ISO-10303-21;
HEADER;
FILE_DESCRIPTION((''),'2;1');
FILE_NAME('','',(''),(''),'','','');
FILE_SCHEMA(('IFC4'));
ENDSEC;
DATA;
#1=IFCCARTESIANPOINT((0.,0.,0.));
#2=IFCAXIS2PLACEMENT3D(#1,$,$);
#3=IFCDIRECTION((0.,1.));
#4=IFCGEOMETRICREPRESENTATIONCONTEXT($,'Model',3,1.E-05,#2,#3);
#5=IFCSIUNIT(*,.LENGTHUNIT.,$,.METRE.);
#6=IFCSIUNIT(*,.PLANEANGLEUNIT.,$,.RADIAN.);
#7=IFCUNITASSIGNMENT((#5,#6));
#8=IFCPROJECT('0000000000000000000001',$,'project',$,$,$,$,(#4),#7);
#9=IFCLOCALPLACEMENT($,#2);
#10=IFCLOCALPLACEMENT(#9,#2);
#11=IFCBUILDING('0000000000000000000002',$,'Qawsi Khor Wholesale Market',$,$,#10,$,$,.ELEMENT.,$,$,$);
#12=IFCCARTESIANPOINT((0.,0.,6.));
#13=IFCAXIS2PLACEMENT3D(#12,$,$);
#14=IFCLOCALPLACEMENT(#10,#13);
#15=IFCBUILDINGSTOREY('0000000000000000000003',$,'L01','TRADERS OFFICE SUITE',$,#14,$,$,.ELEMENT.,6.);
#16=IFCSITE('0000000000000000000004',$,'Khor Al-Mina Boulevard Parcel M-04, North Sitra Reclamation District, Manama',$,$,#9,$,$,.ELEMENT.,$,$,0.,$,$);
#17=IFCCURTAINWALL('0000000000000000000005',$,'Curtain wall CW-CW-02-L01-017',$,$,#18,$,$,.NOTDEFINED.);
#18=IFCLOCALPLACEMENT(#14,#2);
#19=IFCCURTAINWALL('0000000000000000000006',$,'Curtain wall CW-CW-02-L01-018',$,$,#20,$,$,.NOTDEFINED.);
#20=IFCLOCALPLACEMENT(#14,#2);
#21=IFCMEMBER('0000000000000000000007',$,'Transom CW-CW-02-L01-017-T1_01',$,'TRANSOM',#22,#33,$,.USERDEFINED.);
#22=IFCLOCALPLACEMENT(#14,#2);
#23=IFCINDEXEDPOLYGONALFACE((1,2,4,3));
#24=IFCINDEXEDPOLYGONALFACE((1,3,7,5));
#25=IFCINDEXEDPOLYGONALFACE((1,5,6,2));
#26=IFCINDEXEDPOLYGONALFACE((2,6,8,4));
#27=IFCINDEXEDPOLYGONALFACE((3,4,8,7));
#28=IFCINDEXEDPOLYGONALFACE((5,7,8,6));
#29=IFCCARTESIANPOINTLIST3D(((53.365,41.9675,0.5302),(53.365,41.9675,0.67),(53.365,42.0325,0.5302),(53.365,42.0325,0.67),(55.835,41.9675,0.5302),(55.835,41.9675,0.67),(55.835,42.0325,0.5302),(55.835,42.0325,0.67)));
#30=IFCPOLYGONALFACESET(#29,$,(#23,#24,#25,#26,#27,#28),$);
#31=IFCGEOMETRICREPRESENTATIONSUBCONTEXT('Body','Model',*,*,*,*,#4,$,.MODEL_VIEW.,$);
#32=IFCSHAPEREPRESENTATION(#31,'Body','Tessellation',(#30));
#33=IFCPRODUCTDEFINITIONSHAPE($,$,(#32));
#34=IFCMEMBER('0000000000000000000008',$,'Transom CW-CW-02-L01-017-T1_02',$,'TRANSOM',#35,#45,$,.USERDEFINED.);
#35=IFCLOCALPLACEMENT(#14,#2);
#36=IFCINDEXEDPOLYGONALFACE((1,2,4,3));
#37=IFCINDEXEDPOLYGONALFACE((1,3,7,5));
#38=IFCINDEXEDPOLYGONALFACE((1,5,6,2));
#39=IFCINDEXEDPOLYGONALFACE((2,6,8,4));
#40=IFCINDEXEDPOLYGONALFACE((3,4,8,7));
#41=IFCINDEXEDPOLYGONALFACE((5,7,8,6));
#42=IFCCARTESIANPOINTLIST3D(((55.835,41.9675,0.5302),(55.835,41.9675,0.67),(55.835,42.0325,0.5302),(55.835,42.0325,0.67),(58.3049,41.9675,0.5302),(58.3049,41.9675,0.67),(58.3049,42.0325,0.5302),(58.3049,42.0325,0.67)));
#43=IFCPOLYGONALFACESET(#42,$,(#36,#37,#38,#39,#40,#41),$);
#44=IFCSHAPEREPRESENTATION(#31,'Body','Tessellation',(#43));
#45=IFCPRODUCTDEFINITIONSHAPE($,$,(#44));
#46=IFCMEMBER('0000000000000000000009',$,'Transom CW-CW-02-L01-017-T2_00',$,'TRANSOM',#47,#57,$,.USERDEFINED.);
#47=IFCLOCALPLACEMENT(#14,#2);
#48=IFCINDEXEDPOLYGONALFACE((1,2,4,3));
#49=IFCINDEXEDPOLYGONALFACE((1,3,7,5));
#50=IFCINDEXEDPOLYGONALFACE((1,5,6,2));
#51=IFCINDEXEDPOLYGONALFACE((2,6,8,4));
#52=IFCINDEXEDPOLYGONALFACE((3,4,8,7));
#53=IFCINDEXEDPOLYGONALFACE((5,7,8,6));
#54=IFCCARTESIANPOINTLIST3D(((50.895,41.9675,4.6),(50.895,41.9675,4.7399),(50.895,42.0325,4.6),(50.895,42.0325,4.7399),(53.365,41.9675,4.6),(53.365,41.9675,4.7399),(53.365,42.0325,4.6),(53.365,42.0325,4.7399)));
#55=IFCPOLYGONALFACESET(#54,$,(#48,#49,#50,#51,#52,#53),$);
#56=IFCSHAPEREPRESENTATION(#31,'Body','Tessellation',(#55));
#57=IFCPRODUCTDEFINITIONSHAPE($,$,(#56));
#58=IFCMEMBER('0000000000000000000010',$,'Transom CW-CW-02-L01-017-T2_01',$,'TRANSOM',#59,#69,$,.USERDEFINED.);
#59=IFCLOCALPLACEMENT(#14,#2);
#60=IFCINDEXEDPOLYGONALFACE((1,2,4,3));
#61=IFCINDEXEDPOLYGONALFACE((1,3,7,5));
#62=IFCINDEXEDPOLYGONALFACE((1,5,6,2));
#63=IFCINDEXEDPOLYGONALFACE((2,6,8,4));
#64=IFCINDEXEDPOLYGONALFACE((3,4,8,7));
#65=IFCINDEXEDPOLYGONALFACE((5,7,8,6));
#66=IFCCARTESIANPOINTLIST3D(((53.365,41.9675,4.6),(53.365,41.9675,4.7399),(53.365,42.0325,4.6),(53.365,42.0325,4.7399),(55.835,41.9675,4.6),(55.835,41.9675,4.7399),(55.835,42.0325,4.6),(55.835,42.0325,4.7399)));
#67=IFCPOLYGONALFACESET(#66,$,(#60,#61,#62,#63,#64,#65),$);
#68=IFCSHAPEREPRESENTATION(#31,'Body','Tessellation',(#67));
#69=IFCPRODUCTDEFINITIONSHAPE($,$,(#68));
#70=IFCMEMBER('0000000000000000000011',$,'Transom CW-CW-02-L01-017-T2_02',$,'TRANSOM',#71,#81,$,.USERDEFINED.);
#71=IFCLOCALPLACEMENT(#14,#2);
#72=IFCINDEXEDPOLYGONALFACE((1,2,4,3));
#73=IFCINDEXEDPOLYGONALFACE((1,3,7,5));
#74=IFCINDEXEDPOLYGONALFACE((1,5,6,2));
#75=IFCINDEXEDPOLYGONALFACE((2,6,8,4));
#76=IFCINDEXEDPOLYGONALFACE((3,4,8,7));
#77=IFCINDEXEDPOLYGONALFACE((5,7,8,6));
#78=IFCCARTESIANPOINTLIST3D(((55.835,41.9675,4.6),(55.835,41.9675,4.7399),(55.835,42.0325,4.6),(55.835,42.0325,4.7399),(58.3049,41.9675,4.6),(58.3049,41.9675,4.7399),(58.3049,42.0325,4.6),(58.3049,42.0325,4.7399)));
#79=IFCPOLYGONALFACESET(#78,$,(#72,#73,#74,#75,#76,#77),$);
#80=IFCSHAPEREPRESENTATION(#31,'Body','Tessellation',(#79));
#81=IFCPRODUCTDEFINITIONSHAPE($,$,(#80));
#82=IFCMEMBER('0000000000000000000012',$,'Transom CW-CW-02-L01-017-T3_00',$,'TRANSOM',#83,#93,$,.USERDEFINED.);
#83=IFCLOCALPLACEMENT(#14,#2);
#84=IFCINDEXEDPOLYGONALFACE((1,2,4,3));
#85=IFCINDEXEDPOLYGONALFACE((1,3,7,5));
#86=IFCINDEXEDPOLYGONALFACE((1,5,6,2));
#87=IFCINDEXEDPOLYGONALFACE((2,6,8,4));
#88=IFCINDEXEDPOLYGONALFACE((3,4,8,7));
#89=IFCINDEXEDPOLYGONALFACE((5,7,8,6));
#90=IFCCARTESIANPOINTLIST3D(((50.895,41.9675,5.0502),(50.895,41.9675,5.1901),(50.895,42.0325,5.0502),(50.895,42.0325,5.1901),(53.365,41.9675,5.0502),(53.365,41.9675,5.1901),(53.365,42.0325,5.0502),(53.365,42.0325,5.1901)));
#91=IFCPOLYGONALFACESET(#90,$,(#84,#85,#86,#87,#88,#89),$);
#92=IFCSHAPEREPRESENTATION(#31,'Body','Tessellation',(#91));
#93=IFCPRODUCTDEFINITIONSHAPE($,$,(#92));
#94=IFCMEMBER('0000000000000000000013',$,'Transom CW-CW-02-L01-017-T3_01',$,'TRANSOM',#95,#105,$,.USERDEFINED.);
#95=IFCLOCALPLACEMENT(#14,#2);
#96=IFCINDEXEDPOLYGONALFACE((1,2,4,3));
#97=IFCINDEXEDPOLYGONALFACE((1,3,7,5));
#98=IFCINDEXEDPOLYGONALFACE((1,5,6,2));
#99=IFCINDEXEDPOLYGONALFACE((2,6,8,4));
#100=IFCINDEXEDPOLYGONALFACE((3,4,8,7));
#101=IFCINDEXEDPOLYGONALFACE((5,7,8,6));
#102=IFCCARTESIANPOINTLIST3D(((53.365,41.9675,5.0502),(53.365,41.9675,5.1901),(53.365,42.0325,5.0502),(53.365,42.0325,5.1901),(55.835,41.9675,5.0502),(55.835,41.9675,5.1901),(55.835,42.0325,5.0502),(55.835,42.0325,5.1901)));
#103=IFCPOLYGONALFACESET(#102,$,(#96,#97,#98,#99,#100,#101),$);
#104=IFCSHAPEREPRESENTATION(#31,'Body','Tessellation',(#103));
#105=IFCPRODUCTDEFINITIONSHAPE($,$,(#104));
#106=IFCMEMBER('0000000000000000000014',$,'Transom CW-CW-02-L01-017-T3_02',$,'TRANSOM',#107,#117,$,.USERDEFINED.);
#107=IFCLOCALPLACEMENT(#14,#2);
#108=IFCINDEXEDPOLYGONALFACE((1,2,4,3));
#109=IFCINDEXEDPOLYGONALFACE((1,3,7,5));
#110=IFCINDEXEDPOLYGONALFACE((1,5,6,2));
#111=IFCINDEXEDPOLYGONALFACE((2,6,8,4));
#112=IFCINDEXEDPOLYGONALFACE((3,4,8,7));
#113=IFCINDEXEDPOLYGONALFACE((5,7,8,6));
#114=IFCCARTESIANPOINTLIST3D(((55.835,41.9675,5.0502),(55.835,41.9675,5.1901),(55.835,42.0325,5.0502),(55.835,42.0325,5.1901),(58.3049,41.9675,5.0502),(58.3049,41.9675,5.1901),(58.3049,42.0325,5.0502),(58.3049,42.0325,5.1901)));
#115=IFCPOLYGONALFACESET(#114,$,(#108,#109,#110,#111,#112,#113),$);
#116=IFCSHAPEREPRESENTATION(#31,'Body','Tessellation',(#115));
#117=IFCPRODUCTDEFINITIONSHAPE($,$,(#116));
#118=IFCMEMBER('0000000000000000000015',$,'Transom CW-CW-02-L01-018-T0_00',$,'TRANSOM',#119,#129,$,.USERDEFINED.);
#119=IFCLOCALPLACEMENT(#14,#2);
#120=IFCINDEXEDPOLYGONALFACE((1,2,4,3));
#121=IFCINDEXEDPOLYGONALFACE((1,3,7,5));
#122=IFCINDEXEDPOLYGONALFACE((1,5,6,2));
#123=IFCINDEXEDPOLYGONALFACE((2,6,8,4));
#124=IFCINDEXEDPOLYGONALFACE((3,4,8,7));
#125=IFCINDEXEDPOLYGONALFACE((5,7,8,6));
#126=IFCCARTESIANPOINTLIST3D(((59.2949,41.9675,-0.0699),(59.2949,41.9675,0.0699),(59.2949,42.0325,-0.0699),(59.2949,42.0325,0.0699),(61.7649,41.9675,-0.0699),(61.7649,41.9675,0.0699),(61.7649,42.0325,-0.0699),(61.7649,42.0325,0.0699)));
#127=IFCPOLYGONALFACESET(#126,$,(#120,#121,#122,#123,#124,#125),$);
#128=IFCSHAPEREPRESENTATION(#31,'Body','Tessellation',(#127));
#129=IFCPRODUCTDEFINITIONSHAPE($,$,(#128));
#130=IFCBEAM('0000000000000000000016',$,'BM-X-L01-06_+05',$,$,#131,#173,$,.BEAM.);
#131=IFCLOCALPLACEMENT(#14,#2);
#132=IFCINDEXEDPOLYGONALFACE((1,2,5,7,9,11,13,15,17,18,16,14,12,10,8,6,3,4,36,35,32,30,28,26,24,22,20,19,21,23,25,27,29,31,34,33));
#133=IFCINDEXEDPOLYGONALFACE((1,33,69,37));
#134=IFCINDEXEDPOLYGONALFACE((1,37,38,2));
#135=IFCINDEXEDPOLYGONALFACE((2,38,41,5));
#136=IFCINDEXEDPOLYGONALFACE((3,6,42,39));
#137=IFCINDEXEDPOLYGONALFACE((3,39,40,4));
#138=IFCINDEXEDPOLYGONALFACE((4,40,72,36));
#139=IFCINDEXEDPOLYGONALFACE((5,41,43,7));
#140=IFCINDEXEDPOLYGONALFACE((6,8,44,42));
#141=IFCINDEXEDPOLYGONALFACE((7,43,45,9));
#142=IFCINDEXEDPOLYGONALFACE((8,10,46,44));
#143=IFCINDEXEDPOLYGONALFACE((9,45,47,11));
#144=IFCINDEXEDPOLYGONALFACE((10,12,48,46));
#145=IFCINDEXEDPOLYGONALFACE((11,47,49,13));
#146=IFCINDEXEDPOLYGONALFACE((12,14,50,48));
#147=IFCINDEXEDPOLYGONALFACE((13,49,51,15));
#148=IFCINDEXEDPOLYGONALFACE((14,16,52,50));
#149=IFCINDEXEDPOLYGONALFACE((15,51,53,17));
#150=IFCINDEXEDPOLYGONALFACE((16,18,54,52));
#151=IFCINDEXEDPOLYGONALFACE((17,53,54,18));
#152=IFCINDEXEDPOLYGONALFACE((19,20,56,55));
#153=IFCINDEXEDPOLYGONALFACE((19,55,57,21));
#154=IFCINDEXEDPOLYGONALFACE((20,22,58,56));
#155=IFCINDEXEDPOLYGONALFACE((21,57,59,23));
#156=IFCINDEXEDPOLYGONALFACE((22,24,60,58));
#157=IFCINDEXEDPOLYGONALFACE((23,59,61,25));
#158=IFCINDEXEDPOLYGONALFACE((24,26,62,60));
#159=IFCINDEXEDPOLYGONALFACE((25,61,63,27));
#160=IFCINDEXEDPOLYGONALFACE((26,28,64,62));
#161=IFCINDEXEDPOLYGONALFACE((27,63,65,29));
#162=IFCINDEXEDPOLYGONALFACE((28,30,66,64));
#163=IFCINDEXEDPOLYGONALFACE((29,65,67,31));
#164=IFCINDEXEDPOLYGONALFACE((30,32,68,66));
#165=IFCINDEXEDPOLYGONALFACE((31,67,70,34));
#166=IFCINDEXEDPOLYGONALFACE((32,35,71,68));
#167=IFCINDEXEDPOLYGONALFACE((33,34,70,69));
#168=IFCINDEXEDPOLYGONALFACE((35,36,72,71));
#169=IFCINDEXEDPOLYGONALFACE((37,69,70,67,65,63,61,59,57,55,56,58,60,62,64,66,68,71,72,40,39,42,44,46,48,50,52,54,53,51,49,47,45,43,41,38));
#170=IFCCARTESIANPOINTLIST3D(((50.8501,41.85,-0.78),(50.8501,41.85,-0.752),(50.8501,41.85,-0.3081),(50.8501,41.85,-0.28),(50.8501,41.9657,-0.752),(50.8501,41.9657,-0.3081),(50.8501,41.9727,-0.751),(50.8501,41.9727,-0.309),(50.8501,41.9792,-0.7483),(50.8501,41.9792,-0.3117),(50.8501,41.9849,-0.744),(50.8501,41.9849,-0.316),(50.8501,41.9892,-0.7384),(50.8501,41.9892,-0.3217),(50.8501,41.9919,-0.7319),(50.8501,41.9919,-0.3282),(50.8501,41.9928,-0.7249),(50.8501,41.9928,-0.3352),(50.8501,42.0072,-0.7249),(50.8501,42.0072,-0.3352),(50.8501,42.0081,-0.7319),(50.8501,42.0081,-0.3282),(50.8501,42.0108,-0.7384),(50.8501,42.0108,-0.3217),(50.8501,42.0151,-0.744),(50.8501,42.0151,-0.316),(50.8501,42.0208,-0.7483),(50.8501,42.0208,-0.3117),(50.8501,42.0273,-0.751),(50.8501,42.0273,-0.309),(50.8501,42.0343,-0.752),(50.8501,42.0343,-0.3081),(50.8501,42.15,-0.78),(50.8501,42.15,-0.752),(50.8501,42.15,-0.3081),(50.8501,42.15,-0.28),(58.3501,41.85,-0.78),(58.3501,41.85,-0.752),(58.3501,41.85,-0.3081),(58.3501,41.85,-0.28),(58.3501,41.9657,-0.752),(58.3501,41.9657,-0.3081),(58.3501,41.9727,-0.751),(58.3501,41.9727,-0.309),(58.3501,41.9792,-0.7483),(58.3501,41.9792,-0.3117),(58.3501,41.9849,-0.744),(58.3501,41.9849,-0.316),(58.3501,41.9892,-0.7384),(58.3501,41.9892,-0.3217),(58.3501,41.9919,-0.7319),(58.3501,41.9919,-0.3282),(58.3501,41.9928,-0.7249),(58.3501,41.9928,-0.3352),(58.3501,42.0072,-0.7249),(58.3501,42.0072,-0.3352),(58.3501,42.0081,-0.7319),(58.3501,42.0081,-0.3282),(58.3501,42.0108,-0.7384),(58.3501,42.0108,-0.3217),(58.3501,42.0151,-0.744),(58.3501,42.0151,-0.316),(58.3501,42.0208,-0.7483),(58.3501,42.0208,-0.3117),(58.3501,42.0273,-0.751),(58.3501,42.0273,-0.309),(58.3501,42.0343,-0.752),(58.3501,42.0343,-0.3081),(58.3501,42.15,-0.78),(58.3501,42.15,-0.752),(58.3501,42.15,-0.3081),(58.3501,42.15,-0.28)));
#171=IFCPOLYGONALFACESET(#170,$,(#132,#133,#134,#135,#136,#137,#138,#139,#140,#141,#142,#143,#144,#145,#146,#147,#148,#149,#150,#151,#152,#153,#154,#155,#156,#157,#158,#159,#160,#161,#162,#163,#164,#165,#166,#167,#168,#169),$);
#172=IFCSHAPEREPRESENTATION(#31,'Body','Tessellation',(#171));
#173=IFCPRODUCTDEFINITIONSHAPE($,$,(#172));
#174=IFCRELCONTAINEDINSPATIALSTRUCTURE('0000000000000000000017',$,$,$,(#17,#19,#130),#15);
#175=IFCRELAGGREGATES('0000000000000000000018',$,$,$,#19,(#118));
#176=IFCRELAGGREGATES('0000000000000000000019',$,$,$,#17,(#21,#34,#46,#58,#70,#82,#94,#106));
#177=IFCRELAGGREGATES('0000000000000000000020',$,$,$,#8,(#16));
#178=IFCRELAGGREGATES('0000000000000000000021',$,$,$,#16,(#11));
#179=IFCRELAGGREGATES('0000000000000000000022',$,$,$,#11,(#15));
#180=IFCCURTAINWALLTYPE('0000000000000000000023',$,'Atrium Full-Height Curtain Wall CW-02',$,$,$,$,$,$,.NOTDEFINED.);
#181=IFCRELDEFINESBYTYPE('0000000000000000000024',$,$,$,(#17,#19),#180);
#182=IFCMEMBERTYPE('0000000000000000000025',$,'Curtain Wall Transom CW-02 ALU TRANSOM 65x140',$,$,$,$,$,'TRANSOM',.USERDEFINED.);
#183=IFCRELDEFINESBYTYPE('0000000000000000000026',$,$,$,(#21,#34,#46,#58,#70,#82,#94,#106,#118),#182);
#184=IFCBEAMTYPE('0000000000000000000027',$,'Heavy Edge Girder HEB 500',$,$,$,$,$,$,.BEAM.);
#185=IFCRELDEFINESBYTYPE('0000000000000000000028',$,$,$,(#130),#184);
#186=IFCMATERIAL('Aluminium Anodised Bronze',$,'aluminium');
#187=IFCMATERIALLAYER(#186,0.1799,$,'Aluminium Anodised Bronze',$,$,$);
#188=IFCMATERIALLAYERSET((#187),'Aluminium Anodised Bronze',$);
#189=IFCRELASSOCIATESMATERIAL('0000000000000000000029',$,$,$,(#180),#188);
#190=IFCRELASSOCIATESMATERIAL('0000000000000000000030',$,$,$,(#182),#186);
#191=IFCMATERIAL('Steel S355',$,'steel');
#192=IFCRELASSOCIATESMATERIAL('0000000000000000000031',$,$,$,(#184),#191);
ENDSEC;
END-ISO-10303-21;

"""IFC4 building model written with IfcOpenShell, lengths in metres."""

from ifc_helpers import new_model, si_unit, direction, frame, origin, origin_2d, place, context, subcontext, project, spatial, rectangle, i_section, extrude, material, layer, layer_set, material_profile, profile_set, type_object, element, aggregate, save


model = new_model("IFC4")

# Units and contexts
model_context = context("Model", 3, precision=1e-05, world=origin(), true_north=direction((0.0, 1.0)))
body_context = subcontext(model_context, "Body", "Model", "MODEL_VIEW")
ifc_project = project(units=[si_unit("LENGTHUNIT", "METRE"), si_unit("PLANEANGLEUNIT", "RADIAN")], contexts=[model_context])

# Site, building, storey
site_placement = place(None, origin())
site = spatial("IfcSite", under=ifc_project, at=site_placement, Name="Khor Al-Mina Boulevard Parcel M-04, North Sitra Reclamation District, Manama", CompositionType="ELEMENT", RefElevation=0.0)
building_placement = place(site_placement, origin())
building = spatial("IfcBuilding", under=site, at=building_placement, Name="Qawsi Khor Wholesale Market", CompositionType="ELEMENT")
storey_placement = place(building_placement, frame((0.0, 0.0, 6.0)))
storey = spatial("IfcBuildingStorey", under=building, at=storey_placement, Name="L01", Description="TRADERS OFFICE SUITE", CompositionType="ELEMENT", Elevation=6.0)

# Curtain wall
ifc_material_1 = material(Name="Aluminium Anodised Bronze", Category="aluminium")
ifc_layer_1 = layer(ifc_material_1, 0.1799, Name="Aluminium Anodised Bronze")
ifc_layer_set_1 = layer_set([ifc_layer_1], Name="Aluminium Anodised Bronze")
curtain_wall_type = type_object("IfcCurtainWallType", Name="Atrium Full-Height Curtain Wall CW-02", PredefinedType="NOTDEFINED", material=ifc_layer_set_1)
curtain_wall_1_placement = place(storey_placement, origin())
curtain_wall_1 = element("IfcCurtainWall", 1, at=curtain_wall_1_placement, inside=storey, type_object=curtain_wall_type, Name="Curtain wall CW-CW-02-L01-017", PredefinedType="NOTDEFINED")

# Curtain wall
curtain_wall_2_placement = place(storey_placement, origin())
curtain_wall_2 = element("IfcCurtainWall", 2, at=curtain_wall_2_placement, inside=storey, type_object=curtain_wall_type, Name="Curtain wall CW-CW-02-L01-018", PredefinedType="NOTDEFINED")

# Shared definitions
ifc_material_profile_1 = material_profile(ifc_material_1, rectangle(XDim=0.0649, YDim=0.1399, at=origin_2d()), Name="ALU TRANSOM 65x140")
ifc_profile_set_1 = profile_set([ifc_material_profile_1], Name="Aluminium Anodised Bronze")
member_type_1 = type_object("IfcMemberType", Name="Curtain Wall Transom CW-02 ALU TRANSOM 65x140", ElementType="TRANSOM", PredefinedType="USERDEFINED", material=ifc_profile_set_1)

# Members
member_1_placement = place(storey_placement, frame((53.365, 42.0, 0.6001), z_axis=(1.0, 0.0, 0.0), x_axis=(0.0, 1.0, 0.0)))
member_1 = element("IfcMember", 3, at=member_1_placement, type_object=member_type_1, Name="Transom CW-CW-02-L01-017-T1_01", ObjectType="TRANSOM", PredefinedType="USERDEFINED", context=body_context, shape_type="SweptSolid", body=[
    extrude(rectangle(XDim=0.0649, YDim=0.1399, at=origin_2d()), origin(), (0.0, 0.0, 1.0), 2.47),
])
member_2_placement = place(storey_placement, frame((55.835, 42.0, 0.6001), z_axis=(1.0, 0.0, 0.0), x_axis=(0.0, 1.0, 0.0)))
member_2 = element("IfcMember", 4, at=member_2_placement, type_object=member_type_1, Name="Transom CW-CW-02-L01-017-T1_02", ObjectType="TRANSOM", PredefinedType="USERDEFINED", context=body_context, shape_type="SweptSolid", body=[
    extrude(rectangle(XDim=0.0649, YDim=0.1399, at=origin_2d()), origin(), (0.0, 0.0, 1.0), 2.47),
])
member_3_placement = place(storey_placement, frame((50.895, 42.0, 4.6699), z_axis=(1.0, 0.0, 0.0), x_axis=(0.0, 1.0, 0.0)))
member_3 = element("IfcMember", 5, at=member_3_placement, type_object=member_type_1, Name="Transom CW-CW-02-L01-017-T2_00", ObjectType="TRANSOM", PredefinedType="USERDEFINED", context=body_context, shape_type="SweptSolid", body=[
    extrude(rectangle(XDim=0.0649, YDim=0.1399, at=origin_2d()), origin(), (0.0, 0.0, 1.0), 2.47),
])
member_4_placement = place(storey_placement, frame((53.365, 42.0, 4.6699), z_axis=(1.0, 0.0, 0.0), x_axis=(0.0, 1.0, 0.0)))
member_4 = element("IfcMember", 6, at=member_4_placement, type_object=member_type_1, Name="Transom CW-CW-02-L01-017-T2_01", ObjectType="TRANSOM", PredefinedType="USERDEFINED", context=body_context, shape_type="SweptSolid", body=[
    extrude(rectangle(XDim=0.0649, YDim=0.1399, at=origin_2d()), origin(), (0.0, 0.0, 1.0), 2.47),
])
member_5_placement = place(storey_placement, frame((55.835, 42.0, 4.6699), z_axis=(1.0, 0.0, 0.0), x_axis=(0.0, 1.0, 0.0)))
member_5 = element("IfcMember", 7, at=member_5_placement, type_object=member_type_1, Name="Transom CW-CW-02-L01-017-T2_02", ObjectType="TRANSOM", PredefinedType="USERDEFINED", context=body_context, shape_type="SweptSolid", body=[
    extrude(rectangle(XDim=0.0649, YDim=0.1399, at=origin_2d()), origin(), (0.0, 0.0, 1.0), 2.47),
])
member_6_placement = place(storey_placement, frame((50.895, 42.0, 5.1201), z_axis=(1.0, 0.0, 0.0), x_axis=(0.0, 1.0, 0.0)))
member_6 = element("IfcMember", 8, at=member_6_placement, type_object=member_type_1, Name="Transom CW-CW-02-L01-017-T3_00", ObjectType="TRANSOM", PredefinedType="USERDEFINED", context=body_context, shape_type="SweptSolid", body=[
    extrude(rectangle(XDim=0.0649, YDim=0.1399, at=origin_2d()), origin(), (0.0, 0.0, 1.0), 2.47),
])
member_7_placement = place(storey_placement, frame((53.365, 42.0, 5.1201), z_axis=(1.0, 0.0, 0.0), x_axis=(0.0, 1.0, 0.0)))
member_7 = element("IfcMember", 9, at=member_7_placement, type_object=member_type_1, Name="Transom CW-CW-02-L01-017-T3_01", ObjectType="TRANSOM", PredefinedType="USERDEFINED", context=body_context, shape_type="SweptSolid", body=[
    extrude(rectangle(XDim=0.0649, YDim=0.1399, at=origin_2d()), origin(), (0.0, 0.0, 1.0), 2.47),
])
member_8_placement = place(storey_placement, frame((55.835, 42.0, 5.1201), z_axis=(1.0, 0.0, 0.0), x_axis=(0.0, 1.0, 0.0)))
member_8 = element("IfcMember", 10, at=member_8_placement, type_object=member_type_1, Name="Transom CW-CW-02-L01-017-T3_02", ObjectType="TRANSOM", PredefinedType="USERDEFINED", context=body_context, shape_type="SweptSolid", body=[
    extrude(rectangle(XDim=0.0649, YDim=0.1399, at=origin_2d()), origin(), (0.0, 0.0, 1.0), 2.47),
])
member_9_placement = place(storey_placement, frame((59.2949, 42.0, 0.0), z_axis=(1.0, 0.0, 0.0), x_axis=(0.0, 1.0, 0.0)))
member_9 = element("IfcMember", 11, at=member_9_placement, type_object=member_type_1, Name="Transom CW-CW-02-L01-018-T0_00", ObjectType="TRANSOM", PredefinedType="USERDEFINED", context=body_context, shape_type="SweptSolid", body=[
    extrude(rectangle(XDim=0.0649, YDim=0.1399, at=origin_2d()), origin(), (0.0, 0.0, 1.0), 2.47),
])
aggregate(curtain_wall_2, [member_9])

# Beam
ifc_material_2 = material(Name="Steel S355", Category="steel")
ifc_material_profile_2 = material_profile(ifc_material_2, i_section(OverallWidth=0.3, OverallDepth=0.5, WebThickness=0.0144, FlangeThickness=0.0281, FilletRadius=0.0271, at=origin_2d()), Name="HEB 500")
ifc_profile_set_2 = profile_set([ifc_material_profile_2], Name="Steel S355")
beam_type = type_object("IfcBeamType", Name="Heavy Edge Girder HEB 500", PredefinedType="BEAM", material=ifc_profile_set_2)
for number, where, z_axis, x_axis, name in (
    (12, (50.8501, 42.0, -0.53), (1.0, 0.0, 0.0), (0.0, 1.0, 0.0), "BM-X-L01-06_+05"),
):
    element("IfcBeam", number, at=place(storey_placement, frame(where, z_axis=z_axis, x_axis=x_axis)), inside=storey, type_object=beam_type, Name=name, PredefinedType="BEAM", context=body_context, shape_type="SweptSolid", body=[
        extrude(i_section(OverallWidth=0.3, OverallDepth=0.5, WebThickness=0.0144, FlangeThickness=0.0281, FilletRadius=0.0271, at=origin_2d()), origin(), (0.0, 0.0, 1.0), 7.5),
    ])

aggregate(curtain_wall_1, [member_1, member_2, member_3, member_4, member_5, member_6, member_7, member_8])

save(model, "model.ifc")
